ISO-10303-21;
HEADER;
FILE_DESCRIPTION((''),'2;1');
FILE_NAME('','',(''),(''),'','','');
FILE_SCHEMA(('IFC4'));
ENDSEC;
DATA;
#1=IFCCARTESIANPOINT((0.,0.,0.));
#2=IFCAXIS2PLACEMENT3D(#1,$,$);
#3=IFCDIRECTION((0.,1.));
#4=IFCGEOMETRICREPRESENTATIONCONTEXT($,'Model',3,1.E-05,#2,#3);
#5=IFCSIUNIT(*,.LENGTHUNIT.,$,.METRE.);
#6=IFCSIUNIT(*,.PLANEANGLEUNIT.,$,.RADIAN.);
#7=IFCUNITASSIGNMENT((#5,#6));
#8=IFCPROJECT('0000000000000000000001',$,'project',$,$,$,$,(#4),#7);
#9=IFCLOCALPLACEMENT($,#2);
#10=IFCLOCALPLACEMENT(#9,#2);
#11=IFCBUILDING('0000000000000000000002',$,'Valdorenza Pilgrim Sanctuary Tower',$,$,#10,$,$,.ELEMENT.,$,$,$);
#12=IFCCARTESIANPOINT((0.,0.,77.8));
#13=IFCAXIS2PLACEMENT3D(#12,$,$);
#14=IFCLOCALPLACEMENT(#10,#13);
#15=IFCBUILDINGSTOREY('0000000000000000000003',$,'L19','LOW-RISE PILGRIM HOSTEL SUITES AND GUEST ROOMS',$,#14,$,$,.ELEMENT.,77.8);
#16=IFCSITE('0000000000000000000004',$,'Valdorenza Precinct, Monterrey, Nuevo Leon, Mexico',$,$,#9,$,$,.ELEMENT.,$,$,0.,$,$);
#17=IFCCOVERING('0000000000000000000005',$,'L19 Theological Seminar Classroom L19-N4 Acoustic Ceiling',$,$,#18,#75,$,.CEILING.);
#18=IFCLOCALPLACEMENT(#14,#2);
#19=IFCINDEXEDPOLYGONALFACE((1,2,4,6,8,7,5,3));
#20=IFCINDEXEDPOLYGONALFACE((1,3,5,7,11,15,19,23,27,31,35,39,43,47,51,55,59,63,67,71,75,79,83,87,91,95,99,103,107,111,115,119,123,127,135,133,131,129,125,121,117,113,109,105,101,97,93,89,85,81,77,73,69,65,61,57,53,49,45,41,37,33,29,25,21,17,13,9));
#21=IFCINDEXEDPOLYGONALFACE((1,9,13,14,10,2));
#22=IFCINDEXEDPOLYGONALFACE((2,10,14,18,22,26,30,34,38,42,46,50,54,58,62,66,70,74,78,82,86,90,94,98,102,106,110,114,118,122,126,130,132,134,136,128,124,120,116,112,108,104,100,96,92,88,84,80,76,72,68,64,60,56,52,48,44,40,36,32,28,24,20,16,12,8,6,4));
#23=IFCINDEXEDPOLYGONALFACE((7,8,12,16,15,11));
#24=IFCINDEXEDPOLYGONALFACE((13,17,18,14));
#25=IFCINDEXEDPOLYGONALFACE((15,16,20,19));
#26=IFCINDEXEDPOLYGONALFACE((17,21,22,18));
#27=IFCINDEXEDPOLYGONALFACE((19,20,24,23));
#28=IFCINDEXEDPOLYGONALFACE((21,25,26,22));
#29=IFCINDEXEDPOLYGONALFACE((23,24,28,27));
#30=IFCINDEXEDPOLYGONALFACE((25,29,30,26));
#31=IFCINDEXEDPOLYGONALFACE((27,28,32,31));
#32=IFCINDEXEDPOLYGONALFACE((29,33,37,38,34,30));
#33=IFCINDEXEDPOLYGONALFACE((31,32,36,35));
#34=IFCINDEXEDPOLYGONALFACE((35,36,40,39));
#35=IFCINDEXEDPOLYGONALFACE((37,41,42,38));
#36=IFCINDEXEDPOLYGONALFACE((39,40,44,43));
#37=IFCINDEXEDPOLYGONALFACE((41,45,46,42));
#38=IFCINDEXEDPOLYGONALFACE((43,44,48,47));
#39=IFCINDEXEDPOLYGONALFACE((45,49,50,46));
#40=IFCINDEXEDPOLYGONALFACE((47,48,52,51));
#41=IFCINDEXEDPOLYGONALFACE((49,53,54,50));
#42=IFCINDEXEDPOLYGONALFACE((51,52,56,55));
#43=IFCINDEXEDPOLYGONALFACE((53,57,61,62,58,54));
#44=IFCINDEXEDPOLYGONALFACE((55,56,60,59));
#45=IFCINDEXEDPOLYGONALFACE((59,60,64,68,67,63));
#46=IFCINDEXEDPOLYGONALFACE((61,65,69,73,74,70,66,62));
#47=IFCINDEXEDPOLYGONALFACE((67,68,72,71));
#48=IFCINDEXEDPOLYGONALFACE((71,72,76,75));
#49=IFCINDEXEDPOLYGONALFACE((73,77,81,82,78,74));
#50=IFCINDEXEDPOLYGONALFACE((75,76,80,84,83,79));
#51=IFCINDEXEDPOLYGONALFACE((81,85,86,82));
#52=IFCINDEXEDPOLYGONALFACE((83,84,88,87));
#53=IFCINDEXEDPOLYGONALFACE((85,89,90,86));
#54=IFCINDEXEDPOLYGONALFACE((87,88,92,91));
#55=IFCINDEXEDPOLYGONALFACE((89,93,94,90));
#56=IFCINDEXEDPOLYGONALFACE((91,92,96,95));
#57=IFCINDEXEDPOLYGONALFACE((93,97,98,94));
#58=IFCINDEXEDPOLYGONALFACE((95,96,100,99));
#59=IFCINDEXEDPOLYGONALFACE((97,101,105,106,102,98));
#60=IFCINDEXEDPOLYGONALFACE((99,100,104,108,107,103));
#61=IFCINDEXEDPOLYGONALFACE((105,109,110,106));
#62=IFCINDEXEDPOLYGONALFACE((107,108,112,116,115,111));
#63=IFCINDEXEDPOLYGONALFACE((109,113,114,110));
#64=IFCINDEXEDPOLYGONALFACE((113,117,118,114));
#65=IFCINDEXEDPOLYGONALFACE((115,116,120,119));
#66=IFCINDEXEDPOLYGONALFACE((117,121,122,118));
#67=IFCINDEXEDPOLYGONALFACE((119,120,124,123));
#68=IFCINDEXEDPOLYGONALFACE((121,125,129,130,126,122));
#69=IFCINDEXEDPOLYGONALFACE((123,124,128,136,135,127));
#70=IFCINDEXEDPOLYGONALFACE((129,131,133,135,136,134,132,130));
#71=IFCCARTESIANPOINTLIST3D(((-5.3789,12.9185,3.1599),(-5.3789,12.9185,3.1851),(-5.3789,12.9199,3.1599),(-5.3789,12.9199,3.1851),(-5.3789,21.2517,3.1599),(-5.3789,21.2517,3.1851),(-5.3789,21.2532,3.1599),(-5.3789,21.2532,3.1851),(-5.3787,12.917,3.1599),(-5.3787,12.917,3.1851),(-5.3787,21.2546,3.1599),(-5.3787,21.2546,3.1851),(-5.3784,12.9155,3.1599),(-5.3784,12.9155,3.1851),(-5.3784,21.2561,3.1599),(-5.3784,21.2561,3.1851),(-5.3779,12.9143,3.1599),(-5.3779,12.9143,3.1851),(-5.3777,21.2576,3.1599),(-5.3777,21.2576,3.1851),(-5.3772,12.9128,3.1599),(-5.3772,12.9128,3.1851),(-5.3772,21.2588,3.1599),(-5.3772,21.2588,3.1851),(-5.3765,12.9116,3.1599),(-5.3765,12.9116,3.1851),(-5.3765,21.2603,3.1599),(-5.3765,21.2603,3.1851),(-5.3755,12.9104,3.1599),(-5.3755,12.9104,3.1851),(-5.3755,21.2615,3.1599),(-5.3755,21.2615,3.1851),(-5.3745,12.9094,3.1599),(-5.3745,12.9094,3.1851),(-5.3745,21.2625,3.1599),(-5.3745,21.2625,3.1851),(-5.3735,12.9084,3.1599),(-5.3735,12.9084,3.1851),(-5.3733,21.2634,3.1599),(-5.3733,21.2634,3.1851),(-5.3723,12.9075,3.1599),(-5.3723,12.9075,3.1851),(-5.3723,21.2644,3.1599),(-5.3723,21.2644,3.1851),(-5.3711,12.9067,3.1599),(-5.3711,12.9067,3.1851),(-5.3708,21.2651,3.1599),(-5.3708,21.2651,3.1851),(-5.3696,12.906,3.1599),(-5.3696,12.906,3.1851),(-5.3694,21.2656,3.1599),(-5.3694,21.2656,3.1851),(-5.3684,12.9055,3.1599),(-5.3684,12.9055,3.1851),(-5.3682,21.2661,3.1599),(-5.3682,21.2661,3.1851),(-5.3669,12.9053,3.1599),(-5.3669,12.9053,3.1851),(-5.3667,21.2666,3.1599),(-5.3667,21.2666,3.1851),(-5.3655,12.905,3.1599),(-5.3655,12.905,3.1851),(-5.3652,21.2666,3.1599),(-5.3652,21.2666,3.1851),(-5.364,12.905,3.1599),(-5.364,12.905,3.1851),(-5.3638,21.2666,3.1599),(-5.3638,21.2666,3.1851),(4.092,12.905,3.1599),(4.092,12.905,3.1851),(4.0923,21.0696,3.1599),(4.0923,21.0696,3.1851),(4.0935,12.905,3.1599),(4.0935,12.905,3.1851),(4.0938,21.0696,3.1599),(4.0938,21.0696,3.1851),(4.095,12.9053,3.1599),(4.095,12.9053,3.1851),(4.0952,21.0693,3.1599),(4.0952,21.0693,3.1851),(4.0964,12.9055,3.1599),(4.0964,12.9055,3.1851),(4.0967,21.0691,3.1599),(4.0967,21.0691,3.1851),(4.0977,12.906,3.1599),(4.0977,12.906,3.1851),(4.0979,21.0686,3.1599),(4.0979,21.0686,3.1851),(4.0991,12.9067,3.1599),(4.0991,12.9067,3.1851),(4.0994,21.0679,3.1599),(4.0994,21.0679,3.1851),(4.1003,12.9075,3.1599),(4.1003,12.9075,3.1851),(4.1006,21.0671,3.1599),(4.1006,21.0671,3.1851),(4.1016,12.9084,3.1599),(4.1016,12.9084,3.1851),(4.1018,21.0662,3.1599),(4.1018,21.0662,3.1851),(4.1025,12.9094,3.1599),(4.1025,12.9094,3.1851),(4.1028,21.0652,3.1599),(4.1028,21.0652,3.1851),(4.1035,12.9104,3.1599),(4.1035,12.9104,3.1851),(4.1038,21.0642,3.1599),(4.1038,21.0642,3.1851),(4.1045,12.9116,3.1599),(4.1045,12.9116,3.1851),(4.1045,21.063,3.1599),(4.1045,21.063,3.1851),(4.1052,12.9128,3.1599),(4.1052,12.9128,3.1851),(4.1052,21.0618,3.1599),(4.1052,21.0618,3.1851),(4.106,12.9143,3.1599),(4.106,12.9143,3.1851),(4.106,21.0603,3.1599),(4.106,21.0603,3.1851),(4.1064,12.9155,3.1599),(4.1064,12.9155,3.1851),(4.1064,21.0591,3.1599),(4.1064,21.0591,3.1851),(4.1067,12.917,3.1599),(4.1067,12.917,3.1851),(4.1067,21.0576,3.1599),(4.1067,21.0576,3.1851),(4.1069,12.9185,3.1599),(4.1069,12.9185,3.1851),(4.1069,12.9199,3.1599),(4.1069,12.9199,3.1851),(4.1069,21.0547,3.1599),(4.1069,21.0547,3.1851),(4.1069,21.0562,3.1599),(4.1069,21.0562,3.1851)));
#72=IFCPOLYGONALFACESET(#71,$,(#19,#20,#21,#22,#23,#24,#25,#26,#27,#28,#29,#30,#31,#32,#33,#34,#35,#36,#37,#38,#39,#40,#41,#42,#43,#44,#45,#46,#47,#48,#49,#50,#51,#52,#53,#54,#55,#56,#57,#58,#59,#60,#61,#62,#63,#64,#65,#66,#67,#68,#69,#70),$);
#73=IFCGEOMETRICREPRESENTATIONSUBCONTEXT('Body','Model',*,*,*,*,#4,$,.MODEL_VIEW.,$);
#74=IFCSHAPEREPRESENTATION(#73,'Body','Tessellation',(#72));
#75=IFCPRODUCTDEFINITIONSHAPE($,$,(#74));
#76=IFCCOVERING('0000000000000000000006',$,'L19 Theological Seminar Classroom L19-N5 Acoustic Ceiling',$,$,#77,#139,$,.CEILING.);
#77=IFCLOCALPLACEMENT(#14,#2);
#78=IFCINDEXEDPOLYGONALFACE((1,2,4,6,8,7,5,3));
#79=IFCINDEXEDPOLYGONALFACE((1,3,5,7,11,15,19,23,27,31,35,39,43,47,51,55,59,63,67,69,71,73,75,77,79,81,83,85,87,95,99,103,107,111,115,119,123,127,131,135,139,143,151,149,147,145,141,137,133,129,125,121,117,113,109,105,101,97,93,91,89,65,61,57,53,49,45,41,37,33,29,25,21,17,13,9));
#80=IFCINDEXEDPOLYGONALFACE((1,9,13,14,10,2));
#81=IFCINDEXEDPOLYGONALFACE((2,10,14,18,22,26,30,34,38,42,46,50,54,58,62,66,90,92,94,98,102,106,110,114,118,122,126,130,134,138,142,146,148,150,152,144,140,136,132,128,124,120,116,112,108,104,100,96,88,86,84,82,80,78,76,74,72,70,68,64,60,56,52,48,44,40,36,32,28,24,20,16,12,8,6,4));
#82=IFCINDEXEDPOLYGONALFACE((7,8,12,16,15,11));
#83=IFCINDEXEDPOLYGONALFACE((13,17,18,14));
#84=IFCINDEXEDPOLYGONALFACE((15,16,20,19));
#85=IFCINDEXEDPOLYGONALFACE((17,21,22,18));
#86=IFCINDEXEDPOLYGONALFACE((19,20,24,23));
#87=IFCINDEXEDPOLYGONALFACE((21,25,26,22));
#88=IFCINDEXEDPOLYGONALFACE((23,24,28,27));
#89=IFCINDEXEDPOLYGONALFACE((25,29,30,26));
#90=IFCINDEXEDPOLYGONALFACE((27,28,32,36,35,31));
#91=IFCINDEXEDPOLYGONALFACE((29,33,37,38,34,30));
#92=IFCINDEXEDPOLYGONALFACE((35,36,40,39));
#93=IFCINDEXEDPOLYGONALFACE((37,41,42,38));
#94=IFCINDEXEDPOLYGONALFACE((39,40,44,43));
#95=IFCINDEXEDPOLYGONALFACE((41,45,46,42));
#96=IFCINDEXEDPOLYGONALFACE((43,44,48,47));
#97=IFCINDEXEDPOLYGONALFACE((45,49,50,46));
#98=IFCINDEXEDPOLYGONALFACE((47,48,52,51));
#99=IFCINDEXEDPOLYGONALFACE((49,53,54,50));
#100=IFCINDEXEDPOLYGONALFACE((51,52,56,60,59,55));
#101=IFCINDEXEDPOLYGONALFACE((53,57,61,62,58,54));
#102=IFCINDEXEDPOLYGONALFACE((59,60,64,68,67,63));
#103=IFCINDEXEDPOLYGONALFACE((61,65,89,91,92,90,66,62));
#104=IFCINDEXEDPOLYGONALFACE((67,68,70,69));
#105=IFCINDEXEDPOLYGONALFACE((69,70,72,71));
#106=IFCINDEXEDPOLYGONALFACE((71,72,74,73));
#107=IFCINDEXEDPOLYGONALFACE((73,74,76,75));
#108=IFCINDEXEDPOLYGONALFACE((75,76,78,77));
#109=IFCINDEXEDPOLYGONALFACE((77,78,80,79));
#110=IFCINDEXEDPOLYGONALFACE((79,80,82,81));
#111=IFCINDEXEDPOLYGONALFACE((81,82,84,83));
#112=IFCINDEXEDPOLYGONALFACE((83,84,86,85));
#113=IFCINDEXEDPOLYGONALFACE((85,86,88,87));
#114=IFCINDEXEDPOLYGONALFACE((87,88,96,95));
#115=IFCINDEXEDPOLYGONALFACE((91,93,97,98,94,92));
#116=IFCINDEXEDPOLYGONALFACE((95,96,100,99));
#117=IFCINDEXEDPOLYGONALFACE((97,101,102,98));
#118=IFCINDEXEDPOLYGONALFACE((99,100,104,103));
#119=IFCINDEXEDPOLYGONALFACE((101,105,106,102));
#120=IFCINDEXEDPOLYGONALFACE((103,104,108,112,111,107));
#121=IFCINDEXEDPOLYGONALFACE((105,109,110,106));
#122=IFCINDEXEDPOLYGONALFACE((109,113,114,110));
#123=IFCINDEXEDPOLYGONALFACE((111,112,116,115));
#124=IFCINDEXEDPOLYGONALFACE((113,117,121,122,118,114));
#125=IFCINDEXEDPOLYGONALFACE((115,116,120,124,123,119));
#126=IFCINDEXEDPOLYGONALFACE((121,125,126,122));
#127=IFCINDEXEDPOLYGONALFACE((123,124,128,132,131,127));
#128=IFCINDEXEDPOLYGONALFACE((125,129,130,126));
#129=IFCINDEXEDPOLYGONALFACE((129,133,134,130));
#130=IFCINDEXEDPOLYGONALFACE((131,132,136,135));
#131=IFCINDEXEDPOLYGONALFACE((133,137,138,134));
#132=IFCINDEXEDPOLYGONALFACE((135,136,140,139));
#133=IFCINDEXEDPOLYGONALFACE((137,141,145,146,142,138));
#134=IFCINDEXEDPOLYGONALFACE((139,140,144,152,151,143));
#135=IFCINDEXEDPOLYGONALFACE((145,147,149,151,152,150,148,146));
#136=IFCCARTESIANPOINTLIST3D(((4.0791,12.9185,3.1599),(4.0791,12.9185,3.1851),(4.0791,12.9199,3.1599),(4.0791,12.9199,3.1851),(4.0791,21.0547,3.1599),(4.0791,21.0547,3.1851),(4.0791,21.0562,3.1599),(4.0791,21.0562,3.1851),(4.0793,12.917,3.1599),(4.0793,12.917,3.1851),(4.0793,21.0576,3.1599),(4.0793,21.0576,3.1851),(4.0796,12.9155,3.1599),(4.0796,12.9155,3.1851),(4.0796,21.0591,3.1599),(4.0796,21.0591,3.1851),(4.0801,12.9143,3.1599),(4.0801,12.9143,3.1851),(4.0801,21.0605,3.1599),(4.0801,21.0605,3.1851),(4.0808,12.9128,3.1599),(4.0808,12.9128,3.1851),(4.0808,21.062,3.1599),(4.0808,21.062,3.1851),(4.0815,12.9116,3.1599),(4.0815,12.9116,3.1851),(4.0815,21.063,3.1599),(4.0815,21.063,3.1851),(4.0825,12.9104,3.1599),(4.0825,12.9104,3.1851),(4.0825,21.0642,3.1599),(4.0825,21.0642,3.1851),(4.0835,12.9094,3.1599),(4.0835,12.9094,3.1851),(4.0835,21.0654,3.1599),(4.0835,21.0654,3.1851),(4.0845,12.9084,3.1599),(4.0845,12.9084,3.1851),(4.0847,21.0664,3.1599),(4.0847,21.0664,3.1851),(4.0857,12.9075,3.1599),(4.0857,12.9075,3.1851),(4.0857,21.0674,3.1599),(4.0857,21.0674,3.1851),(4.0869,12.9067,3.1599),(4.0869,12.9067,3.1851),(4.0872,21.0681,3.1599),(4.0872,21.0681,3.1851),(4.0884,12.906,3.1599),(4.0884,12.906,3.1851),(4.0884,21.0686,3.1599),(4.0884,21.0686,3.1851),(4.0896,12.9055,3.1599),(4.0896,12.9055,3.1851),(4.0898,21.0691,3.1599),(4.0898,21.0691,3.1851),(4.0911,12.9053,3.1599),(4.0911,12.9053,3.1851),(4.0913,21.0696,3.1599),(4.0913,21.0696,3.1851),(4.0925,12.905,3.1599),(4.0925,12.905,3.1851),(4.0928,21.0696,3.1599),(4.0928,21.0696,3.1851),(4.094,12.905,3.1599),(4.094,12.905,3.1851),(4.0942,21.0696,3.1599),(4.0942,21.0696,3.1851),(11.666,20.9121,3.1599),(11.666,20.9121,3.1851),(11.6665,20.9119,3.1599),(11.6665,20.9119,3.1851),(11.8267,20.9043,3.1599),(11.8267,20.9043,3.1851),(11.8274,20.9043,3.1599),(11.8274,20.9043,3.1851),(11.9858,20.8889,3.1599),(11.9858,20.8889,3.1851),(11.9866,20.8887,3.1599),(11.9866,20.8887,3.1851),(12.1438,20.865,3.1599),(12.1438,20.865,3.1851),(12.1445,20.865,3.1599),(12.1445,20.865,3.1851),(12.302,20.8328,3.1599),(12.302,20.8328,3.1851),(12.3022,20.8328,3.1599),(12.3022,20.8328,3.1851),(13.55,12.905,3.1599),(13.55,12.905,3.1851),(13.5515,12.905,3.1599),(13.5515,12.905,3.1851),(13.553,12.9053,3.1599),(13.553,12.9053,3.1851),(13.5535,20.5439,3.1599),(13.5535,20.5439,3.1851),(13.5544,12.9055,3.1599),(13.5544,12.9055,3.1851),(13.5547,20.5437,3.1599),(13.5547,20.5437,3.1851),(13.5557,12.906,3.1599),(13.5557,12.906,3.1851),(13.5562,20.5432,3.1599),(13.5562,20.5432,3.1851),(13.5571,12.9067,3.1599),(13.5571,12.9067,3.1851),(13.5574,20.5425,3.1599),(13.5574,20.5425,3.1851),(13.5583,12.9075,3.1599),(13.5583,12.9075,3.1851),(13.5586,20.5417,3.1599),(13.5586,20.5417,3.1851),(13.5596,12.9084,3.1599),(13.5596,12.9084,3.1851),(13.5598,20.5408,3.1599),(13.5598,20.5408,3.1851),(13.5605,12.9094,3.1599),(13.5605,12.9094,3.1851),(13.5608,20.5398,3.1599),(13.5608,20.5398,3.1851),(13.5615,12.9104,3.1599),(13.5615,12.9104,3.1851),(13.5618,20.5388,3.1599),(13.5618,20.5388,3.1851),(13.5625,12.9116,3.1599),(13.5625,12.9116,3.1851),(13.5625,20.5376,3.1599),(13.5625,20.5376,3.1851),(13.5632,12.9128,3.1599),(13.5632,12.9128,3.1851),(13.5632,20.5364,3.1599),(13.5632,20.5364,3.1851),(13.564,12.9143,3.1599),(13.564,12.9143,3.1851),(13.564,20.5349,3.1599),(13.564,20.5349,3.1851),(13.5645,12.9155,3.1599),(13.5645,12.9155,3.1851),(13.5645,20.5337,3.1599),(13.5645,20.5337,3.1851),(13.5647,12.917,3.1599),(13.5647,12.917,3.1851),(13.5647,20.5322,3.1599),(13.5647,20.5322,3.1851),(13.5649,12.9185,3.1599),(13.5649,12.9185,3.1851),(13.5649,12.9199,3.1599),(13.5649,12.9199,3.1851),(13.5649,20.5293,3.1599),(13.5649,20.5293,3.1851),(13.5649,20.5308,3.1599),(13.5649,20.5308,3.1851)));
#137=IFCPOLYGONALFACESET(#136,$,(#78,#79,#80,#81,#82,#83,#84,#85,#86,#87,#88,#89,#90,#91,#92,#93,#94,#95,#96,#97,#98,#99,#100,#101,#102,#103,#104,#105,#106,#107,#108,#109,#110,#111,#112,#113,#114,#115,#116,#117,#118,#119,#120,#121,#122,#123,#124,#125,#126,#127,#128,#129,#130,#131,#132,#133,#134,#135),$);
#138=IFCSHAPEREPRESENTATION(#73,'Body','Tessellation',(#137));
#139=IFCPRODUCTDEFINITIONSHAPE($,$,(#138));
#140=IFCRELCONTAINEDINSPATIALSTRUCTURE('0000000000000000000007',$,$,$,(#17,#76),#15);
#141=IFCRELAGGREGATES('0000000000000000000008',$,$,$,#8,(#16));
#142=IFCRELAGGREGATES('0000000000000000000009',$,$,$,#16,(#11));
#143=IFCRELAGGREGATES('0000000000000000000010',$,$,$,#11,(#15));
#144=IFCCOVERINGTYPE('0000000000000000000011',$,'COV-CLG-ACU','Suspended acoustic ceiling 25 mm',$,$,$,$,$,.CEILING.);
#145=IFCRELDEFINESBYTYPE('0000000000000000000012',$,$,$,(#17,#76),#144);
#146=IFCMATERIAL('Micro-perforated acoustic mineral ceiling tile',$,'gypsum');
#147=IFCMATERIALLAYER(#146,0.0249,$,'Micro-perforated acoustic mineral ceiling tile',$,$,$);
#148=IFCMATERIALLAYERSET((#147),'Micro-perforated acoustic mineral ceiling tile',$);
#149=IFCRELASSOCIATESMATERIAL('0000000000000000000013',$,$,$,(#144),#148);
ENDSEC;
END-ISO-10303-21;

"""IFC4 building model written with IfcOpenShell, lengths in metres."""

from ifc_helpers import new_model, si_unit, direction, frame, origin, place, context, subcontext, project, spatial, polyline, outline, extrude, material, layer, layer_set, type_object, element, save


model = new_model("IFC4")

# Units and contexts
model_context = context("Model", 3, precision=1e-05, world=origin(), true_north=direction((0.0, 1.0)))
body_context = subcontext(model_context, "Body", "Model", "MODEL_VIEW")
ifc_project = project(units=[si_unit("LENGTHUNIT", "METRE"), si_unit("PLANEANGLEUNIT", "RADIAN")], contexts=[model_context])

# Site, building, storey
site_placement = place(None, origin())
site = spatial("IfcSite", under=ifc_project, at=site_placement, Name="Valdorenza Precinct, Monterrey, Nuevo Leon, Mexico", CompositionType="ELEMENT", RefElevation=0.0)
building_placement = place(site_placement, origin())
building = spatial("IfcBuilding", under=site, at=building_placement, Name="Valdorenza Pilgrim Sanctuary Tower", CompositionType="ELEMENT")
storey_placement = place(building_placement, frame((0.0, 0.0, 77.8)))
storey = spatial("IfcBuildingStorey", under=building, at=storey_placement, Name="L19", Description="LOW-RISE PILGRIM HOSTEL SUITES AND GUEST ROOMS", CompositionType="ELEMENT", Elevation=77.8)

# Coverings
ifc_material_1 = material(Name="Micro-perforated acoustic mineral ceiling tile", Category="gypsum")
ifc_layer_1 = layer(ifc_material_1, 0.0249, Name="Micro-perforated acoustic mineral ceiling tile")
ifc_layer_set_1 = layer_set([ifc_layer_1], Name="Micro-perforated acoustic mineral ceiling tile")
covering_type_1 = type_object("IfcCoveringType", Name="COV-CLG-ACU", Description="Suspended acoustic ceiling 25 mm", PredefinedType="CEILING", material=ifc_layer_set_1)
covering_1_placement = place(storey_placement, frame((0.0, 0.0, 3.1599)))
element("IfcCovering", 1, at=covering_1_placement, inside=storey, type_object=covering_type_1, Name="L19 Theological Seminar Classroom L19-N4 Acoustic Ceiling", PredefinedType="CEILING", context=body_context, shape_type="SweptSolid", body=[
    extrude(outline(polyline([(-5.364, 12.905), (-5.3655, 12.905), (-5.3669, 12.9053), (-5.3684, 12.9055), (-5.3696, 12.906), (-5.3711, 12.9067), (-5.3723, 12.9075), (-5.3735, 12.9084), (-5.3745, 12.9094), (-5.3755, 12.9104), (-5.3765, 12.9116), (-5.3772, 12.9128), (-5.3779, 12.9143), (-5.3784, 12.9155), (-5.3787, 12.917), (-5.3789, 12.9185), (-5.3789, 12.9199), (-5.3789, 21.2517), (-5.3789, 21.2532), (-5.3787, 21.2546), (-5.3784, 21.2561), (-5.3777, 21.2576), (-5.3772, 21.2588), (-5.3765, 21.2603), (-5.3755, 21.2615), (-5.3745, 21.2625), (-5.3733, 21.2634), (-5.3723, 21.2644), (-5.3708, 21.2651), (-5.3694, 21.2656), (-5.3682, 21.2661), (-5.3667, 21.2666), (-5.3652, 21.2666), (-5.3638, 21.2666), (4.0923, 21.0696), (4.0938, 21.0696), (4.0952, 21.0693), (4.0967, 21.0691), (4.0979, 21.0686), (4.0994, 21.0679), (4.1006, 21.0671), (4.1018, 21.0662), (4.1028, 21.0652), (4.1038, 21.0642), (4.1045, 21.063), (4.1052, 21.0618), (4.106, 21.0603), (4.1064, 21.0591), (4.1067, 21.0576), (4.1069, 21.0562), (4.1069, 21.0547), (4.1069, 12.9199), (4.1069, 12.9185), (4.1067, 12.917), (4.1064, 12.9155), (4.106, 12.9143), (4.1052, 12.9128), (4.1045, 12.9116), (4.1035, 12.9104), (4.1025, 12.9094), (4.1016, 12.9084), (4.1003, 12.9075), (4.0991, 12.9067), (4.0977, 12.906), (4.0964, 12.9055), (4.095, 12.9053), (4.0935, 12.905), (4.092, 12.905), (-5.364, 12.905)])), origin(), (0.0, 0.0, 1.0), 0.0251),
])
covering_2_placement = place(storey_placement, frame((0.0, 0.0, 3.1599)))
element("IfcCovering", 2, at=covering_2_placement, inside=storey, type_object=covering_type_1, Name="L19 Theological Seminar Classroom L19-N5 Acoustic Ceiling", PredefinedType="CEILING", context=body_context, shape_type="SweptSolid", body=[
    extrude(outline(polyline([(4.094, 12.905), (4.0925, 12.905), (4.0911, 12.9053), (4.0896, 12.9055), (4.0884, 12.906), (4.0869, 12.9067), (4.0857, 12.9075), (4.0845, 12.9084), (4.0835, 12.9094), (4.0825, 12.9104), (4.0815, 12.9116), (4.0808, 12.9128), (4.0801, 12.9143), (4.0796, 12.9155), (4.0793, 12.917), (4.0791, 12.9185), (4.0791, 12.9199), (4.0791, 21.0547), (4.0791, 21.0562), (4.0793, 21.0576), (4.0796, 21.0591), (4.0801, 21.0605), (4.0808, 21.062), (4.0815, 21.063), (4.0825, 21.0642), (4.0835, 21.0654), (4.0847, 21.0664), (4.0857, 21.0674), (4.0872, 21.0681), (4.0884, 21.0686), (4.0898, 21.0691), (4.0913, 21.0696), (4.0928, 21.0696), (4.0942, 21.0696), (11.666, 20.9121), (11.6665, 20.9119), (11.8267, 20.9043), (11.8274, 20.9043), (11.9858, 20.8889), (11.9866, 20.8887), (12.1438, 20.865), (12.1445, 20.865), (12.302, 20.8328), (12.3022, 20.8328), (13.5535, 20.5439), (13.5547, 20.5437), (13.5562, 20.5432), (13.5574, 20.5425), (13.5586, 20.5417), (13.5598, 20.5408), (13.5608, 20.5398), (13.5618, 20.5388), (13.5625, 20.5376), (13.5632, 20.5364), (13.564, 20.5349), (13.5645, 20.5337), (13.5647, 20.5322), (13.5649, 20.5308), (13.5649, 20.5293), (13.5649, 12.9199), (13.5649, 12.9185), (13.5647, 12.917), (13.5645, 12.9155), (13.564, 12.9143), (13.5632, 12.9128), (13.5625, 12.9116), (13.5615, 12.9104), (13.5605, 12.9094), (13.5596, 12.9084), (13.5583, 12.9075), (13.5571, 12.9067), (13.5557, 12.906), (13.5544, 12.9055), (13.553, 12.9053), (13.5515, 12.905), (13.55, 12.905), (4.094, 12.905)])), origin(), (0.0, 0.0, 1.0), 0.0251),
])

save(model, "model.ifc")
